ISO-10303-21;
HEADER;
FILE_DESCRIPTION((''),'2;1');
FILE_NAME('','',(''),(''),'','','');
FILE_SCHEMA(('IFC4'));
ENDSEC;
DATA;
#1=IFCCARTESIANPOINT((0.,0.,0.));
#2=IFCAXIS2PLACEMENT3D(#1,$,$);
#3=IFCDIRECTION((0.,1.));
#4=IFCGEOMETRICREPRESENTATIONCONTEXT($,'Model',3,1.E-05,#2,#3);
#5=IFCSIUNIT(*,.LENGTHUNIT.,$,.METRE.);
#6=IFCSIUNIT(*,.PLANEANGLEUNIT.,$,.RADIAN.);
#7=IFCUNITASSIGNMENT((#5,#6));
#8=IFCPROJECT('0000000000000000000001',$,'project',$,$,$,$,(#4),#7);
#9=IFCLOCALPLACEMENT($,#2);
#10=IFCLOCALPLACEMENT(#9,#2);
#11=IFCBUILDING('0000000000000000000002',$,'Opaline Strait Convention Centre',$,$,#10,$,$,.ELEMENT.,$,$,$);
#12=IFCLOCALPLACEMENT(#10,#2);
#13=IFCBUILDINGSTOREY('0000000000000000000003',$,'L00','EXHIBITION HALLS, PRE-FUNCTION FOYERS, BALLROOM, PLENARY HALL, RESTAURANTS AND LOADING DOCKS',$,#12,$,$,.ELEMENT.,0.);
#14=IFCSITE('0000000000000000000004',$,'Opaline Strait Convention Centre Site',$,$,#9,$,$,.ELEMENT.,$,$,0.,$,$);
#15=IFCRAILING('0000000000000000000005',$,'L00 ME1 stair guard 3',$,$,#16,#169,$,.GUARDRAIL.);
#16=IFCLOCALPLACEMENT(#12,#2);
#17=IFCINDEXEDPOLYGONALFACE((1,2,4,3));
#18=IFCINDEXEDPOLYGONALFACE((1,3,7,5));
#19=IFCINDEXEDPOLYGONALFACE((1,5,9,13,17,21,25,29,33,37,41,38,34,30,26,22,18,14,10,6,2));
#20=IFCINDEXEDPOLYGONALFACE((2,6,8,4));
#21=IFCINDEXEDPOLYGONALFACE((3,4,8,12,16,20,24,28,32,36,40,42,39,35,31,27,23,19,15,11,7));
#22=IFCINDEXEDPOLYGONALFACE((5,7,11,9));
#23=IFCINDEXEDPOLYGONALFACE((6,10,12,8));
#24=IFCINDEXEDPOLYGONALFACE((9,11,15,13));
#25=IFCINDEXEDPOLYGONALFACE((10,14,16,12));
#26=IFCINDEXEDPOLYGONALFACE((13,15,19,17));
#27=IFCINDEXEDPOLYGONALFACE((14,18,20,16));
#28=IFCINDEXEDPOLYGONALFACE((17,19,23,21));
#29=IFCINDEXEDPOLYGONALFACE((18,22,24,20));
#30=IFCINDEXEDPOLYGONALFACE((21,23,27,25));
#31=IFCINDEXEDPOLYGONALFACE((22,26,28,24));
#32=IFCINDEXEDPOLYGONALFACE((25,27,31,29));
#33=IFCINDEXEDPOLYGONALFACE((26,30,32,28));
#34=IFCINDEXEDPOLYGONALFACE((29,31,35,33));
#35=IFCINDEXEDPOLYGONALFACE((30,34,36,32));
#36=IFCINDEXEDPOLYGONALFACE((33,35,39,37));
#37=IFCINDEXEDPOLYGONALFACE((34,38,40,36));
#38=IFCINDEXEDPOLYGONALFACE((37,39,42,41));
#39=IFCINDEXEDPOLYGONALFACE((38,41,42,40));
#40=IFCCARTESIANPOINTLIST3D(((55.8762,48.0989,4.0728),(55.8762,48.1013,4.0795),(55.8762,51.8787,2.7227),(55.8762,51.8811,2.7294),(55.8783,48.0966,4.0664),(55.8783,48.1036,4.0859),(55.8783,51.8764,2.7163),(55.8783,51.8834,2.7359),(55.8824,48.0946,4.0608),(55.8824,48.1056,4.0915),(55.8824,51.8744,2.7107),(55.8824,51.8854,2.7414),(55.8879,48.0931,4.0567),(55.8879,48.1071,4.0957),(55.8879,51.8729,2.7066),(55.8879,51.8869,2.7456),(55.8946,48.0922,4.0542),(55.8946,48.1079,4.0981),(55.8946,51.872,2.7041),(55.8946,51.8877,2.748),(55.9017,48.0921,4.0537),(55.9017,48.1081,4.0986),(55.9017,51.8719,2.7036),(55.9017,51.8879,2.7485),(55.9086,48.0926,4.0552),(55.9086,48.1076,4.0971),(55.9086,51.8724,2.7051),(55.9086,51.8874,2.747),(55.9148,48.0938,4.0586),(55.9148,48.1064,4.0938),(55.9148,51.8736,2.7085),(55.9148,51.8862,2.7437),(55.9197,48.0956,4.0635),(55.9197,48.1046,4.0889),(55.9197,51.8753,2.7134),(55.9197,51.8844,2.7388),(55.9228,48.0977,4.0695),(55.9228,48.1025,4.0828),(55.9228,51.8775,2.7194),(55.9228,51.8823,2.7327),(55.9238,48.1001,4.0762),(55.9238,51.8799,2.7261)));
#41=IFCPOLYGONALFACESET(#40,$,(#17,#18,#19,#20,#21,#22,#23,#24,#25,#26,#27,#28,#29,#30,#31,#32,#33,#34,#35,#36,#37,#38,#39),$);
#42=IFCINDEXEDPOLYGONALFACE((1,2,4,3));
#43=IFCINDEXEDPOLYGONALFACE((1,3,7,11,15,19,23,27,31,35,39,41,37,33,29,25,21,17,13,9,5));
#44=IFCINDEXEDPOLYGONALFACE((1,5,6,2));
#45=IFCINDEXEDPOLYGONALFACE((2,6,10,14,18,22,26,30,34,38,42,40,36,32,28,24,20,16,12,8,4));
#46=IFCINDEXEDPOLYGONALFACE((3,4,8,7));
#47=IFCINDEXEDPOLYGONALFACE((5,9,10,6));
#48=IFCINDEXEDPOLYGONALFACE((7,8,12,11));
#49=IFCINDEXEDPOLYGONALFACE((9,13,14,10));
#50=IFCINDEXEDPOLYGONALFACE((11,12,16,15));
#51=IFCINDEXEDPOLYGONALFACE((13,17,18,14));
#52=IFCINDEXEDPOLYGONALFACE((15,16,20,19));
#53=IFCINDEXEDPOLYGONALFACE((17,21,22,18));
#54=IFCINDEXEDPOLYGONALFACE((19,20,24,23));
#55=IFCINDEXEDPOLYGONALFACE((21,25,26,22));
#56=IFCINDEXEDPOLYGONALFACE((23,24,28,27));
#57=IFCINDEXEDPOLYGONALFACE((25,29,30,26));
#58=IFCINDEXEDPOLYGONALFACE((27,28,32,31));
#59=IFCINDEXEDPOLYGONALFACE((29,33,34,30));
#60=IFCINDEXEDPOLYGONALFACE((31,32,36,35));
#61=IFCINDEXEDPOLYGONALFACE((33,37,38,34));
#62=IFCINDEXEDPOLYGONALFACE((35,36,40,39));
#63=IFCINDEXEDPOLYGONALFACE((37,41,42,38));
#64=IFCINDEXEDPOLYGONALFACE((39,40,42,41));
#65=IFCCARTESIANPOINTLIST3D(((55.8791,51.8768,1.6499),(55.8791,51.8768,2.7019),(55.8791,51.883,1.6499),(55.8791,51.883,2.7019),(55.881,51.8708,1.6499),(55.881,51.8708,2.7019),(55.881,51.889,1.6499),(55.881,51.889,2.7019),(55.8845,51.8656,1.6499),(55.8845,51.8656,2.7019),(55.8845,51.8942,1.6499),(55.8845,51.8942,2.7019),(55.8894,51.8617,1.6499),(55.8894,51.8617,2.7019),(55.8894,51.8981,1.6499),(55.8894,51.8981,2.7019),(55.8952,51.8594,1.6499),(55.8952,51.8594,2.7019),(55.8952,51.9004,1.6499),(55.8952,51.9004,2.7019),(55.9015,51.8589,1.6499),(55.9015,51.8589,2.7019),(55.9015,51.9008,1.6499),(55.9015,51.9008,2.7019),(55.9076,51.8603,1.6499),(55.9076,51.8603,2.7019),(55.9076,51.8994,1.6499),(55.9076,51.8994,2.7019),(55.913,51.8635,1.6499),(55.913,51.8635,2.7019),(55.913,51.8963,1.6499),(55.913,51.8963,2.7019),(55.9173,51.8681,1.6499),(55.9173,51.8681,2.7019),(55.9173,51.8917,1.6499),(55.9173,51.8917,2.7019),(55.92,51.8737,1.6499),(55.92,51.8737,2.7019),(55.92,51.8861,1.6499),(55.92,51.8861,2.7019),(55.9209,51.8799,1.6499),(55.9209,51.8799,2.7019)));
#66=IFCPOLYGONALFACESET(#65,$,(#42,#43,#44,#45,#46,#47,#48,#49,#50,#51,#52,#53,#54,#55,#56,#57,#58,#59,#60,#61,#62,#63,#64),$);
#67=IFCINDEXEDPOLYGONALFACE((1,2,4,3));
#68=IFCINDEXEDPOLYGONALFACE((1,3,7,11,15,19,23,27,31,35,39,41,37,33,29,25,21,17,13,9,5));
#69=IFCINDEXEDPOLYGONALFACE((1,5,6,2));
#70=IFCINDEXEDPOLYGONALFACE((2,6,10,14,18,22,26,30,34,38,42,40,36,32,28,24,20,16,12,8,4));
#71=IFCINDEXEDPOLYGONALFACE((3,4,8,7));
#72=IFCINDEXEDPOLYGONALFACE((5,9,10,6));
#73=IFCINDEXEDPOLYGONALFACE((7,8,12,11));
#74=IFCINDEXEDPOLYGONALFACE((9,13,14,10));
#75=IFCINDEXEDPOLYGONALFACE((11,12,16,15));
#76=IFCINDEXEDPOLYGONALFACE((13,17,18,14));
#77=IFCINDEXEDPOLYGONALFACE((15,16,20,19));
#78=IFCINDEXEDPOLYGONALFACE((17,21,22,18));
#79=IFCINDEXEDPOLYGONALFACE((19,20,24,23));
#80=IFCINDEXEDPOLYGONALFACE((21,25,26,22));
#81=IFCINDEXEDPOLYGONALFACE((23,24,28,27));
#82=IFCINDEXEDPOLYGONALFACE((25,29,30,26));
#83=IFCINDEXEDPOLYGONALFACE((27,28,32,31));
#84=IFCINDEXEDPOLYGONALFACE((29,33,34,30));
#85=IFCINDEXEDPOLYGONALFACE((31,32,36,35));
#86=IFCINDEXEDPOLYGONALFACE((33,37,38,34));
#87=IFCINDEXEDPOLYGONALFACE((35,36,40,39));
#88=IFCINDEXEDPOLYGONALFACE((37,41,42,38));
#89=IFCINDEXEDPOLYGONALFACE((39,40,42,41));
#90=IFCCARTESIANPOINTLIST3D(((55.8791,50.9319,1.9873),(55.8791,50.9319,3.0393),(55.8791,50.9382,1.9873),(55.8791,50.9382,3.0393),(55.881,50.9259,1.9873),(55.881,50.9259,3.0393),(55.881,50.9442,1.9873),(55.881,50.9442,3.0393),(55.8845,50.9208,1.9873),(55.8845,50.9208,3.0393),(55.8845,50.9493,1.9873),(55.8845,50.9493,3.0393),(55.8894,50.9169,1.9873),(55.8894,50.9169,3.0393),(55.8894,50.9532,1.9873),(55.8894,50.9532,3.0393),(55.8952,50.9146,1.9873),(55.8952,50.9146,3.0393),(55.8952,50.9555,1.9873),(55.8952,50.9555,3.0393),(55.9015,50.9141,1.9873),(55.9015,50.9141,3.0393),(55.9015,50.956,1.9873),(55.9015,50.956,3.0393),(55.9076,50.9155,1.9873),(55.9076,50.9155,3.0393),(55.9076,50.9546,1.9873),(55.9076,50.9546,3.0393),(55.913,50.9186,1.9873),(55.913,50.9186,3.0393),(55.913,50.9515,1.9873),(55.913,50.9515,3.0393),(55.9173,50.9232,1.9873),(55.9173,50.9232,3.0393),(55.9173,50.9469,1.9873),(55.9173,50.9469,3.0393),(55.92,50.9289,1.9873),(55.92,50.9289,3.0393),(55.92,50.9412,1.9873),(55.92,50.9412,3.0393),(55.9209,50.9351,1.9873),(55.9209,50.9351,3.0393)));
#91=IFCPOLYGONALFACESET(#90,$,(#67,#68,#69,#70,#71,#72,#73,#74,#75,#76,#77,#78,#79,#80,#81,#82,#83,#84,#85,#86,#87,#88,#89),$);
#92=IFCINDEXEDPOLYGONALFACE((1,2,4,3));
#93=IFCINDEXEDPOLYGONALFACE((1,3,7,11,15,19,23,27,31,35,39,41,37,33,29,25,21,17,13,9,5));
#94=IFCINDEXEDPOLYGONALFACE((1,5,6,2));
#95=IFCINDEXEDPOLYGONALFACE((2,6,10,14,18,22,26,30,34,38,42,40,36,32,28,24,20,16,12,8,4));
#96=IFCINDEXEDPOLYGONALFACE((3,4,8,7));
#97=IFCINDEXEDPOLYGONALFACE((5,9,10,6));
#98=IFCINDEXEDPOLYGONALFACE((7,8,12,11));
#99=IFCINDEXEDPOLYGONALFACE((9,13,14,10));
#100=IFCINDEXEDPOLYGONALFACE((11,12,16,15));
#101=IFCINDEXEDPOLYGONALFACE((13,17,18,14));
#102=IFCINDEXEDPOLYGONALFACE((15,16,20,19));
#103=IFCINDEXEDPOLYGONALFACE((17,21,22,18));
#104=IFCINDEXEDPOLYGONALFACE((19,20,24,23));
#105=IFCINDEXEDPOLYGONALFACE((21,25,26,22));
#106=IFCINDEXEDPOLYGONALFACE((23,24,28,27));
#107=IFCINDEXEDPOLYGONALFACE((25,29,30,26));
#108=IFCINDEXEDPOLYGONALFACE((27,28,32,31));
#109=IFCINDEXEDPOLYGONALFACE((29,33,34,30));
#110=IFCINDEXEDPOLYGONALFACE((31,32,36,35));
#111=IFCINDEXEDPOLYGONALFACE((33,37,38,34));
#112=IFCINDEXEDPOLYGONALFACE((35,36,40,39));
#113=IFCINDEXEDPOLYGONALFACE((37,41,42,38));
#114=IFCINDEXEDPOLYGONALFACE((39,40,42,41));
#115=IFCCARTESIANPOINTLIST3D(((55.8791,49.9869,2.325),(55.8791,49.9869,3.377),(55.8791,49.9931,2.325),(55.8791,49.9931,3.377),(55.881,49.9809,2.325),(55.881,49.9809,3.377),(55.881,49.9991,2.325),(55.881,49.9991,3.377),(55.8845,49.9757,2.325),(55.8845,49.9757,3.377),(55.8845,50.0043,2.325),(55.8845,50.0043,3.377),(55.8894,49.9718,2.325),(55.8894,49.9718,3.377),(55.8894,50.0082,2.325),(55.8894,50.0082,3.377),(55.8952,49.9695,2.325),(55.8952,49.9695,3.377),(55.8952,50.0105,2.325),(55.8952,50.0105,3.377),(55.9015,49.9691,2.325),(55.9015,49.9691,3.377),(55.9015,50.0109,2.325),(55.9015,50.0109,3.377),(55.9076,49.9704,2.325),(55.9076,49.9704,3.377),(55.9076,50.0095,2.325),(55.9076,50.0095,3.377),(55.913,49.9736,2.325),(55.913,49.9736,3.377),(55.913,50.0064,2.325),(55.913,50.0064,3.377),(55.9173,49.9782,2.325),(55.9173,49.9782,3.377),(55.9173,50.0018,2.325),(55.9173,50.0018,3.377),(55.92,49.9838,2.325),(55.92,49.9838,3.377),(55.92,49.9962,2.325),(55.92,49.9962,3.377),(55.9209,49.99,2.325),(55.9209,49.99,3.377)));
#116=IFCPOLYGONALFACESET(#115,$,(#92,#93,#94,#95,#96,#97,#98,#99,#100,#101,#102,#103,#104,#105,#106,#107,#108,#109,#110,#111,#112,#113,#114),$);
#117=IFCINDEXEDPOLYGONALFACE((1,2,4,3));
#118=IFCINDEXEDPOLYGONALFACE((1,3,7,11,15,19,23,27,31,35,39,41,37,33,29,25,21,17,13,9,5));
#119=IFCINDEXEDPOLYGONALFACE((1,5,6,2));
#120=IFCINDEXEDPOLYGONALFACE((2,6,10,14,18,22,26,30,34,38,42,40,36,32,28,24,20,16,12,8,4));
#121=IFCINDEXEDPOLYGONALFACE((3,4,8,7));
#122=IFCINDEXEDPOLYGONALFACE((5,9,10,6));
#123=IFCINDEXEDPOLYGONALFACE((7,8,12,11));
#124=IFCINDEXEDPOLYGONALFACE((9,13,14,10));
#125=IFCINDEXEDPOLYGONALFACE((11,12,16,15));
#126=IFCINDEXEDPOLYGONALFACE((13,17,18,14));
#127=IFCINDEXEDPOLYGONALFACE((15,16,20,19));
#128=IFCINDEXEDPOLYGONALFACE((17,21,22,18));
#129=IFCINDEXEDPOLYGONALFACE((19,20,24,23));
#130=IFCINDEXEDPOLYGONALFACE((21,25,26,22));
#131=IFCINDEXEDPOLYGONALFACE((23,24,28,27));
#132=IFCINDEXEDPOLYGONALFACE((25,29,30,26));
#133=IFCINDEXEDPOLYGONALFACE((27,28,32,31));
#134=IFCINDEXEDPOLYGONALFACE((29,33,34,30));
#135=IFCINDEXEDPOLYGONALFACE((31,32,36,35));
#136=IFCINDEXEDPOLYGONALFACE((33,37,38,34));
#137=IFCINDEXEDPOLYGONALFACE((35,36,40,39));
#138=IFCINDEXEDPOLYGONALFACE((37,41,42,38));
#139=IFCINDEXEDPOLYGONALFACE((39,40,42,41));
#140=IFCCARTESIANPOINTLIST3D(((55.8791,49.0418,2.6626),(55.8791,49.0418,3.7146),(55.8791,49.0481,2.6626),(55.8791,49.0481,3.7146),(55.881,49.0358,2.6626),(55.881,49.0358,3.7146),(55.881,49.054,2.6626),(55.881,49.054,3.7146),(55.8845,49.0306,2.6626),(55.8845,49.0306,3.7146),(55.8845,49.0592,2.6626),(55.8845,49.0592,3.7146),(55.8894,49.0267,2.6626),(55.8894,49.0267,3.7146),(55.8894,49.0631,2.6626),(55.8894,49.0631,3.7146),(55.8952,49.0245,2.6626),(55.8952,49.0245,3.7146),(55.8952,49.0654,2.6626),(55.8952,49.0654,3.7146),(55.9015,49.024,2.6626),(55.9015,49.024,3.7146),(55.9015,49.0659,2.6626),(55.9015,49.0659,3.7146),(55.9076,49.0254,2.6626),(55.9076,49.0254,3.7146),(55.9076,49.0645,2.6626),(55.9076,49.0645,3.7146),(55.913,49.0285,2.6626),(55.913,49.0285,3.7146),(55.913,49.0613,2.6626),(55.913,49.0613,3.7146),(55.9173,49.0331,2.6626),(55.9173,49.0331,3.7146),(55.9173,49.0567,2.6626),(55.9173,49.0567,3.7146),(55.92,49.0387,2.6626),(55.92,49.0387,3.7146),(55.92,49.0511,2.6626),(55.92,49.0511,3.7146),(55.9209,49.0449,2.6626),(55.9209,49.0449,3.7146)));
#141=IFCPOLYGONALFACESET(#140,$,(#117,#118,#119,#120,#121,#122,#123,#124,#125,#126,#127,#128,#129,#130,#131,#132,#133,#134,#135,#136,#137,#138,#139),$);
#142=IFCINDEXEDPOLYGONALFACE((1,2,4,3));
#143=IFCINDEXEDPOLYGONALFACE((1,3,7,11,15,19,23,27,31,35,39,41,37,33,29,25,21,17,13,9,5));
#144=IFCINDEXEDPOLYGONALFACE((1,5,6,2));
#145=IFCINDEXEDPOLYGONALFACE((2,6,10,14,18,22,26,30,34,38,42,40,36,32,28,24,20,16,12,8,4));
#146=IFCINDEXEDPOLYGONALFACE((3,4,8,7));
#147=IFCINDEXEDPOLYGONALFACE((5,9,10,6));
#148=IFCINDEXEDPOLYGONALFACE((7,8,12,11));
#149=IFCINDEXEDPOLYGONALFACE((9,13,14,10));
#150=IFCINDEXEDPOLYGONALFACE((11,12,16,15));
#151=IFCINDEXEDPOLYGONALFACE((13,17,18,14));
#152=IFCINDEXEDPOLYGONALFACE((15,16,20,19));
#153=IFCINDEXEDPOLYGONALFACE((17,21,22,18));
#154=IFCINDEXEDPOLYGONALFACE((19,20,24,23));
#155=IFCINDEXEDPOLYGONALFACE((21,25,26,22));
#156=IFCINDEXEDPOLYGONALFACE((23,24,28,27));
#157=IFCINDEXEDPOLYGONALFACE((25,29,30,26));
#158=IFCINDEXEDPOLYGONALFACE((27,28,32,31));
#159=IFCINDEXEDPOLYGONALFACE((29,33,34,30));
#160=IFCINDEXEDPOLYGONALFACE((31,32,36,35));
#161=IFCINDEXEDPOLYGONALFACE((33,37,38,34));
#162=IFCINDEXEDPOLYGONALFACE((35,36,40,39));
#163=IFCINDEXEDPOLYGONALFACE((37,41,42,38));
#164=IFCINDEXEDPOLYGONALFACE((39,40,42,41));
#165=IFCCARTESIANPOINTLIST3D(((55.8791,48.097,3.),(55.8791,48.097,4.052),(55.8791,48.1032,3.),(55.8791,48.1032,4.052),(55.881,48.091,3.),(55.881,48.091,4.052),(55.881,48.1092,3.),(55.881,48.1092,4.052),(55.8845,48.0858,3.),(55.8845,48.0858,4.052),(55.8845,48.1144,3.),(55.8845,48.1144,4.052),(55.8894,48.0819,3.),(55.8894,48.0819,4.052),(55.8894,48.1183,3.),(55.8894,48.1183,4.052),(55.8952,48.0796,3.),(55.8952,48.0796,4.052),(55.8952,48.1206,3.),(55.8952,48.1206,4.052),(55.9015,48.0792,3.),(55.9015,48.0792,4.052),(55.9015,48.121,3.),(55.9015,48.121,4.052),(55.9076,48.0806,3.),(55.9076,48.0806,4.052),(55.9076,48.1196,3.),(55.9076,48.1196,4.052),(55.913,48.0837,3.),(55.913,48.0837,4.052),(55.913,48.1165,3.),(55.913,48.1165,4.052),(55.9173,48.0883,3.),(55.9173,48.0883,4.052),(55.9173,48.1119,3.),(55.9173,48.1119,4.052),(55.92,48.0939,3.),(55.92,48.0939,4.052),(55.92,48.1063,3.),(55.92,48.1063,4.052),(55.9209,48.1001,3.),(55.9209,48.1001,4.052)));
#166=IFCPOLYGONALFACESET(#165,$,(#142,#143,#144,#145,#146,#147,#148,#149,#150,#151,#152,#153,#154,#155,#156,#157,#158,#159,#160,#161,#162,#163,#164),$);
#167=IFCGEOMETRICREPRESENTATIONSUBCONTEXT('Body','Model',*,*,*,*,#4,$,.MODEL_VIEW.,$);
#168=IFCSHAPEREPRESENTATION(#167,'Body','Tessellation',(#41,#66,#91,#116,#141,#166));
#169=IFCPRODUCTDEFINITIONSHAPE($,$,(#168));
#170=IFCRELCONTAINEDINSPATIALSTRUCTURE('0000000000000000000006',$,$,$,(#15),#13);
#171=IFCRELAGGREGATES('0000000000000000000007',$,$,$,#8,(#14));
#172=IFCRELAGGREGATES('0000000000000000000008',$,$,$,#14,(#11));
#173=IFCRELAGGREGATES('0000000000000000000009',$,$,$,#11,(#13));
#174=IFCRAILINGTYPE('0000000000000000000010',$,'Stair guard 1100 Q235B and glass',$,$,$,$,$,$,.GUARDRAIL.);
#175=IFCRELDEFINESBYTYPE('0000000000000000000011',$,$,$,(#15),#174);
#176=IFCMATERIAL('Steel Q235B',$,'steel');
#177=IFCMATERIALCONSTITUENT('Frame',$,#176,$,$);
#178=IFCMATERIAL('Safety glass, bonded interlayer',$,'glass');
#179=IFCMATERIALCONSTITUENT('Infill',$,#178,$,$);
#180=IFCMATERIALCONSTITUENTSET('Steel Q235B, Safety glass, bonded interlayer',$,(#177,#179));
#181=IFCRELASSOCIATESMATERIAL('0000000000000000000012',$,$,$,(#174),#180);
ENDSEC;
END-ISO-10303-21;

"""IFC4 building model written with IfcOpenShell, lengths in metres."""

from ifc_helpers import new_model, si_unit, direction, frame, origin, origin_2d, place, context, subcontext, project, spatial, circle, extrude, material, constituent, constituent_set, type_object, element, save


model = new_model("IFC4")

# Units and contexts
model_context = context("Model", 3, precision=1e-05, world=origin(), true_north=direction((0.0, 1.0)))
body_context = subcontext(model_context, "Body", "Model", "MODEL_VIEW")
ifc_project = project(units=[si_unit("LENGTHUNIT", "METRE"), si_unit("PLANEANGLEUNIT", "RADIAN")], contexts=[model_context])

# Site, building, storey
site_placement = place(None, origin())
site = spatial("IfcSite", under=ifc_project, at=site_placement, Name="Opaline Strait Convention Centre Site", CompositionType="ELEMENT", RefElevation=0.0)
building_placement = place(site_placement, origin())
building = spatial("IfcBuilding", under=site, at=building_placement, Name="Opaline Strait Convention Centre", CompositionType="ELEMENT")
storey_placement = place(building_placement, origin())
storey = spatial("IfcBuildingStorey", under=building, at=storey_placement, Name="L00", Description="EXHIBITION HALLS, PRE-FUNCTION FOYERS, BALLROOM, PLENARY HALL, RESTAURANTS AND LOADING DOCKS", CompositionType="ELEMENT", Elevation=0.0)

# Railing
ifc_material_1 = material(Name="Steel Q235B", Category="steel")
ifc_constituent_1 = constituent(ifc_material_1, Name="Frame")
ifc_material_2 = material(Name="Safety glass, bonded interlayer", Category="glass")
ifc_constituent_2 = constituent(ifc_material_2, Name="Infill")
ifc_constituent_set = constituent_set(constituents=[ifc_constituent_1, ifc_constituent_2], Name="Steel Q235B, Safety glass, bonded interlayer")
railing_type_1 = type_object("IfcRailingType", Name="Stair guard 1100 Q235B and glass", PredefinedType="GUARDRAIL", material=ifc_constituent_set)
railing_1_placement = place(storey_placement, frame((55.8999, 51.8799, 1.6499)))
element("IfcRailing", 1, at=railing_1_placement, inside=storey, type_object=railing_type_1, Name="L00 ME1 stair guard 3", PredefinedType="GUARDRAIL", context=body_context, shape_type="SweptSolid", body=[
    extrude(circle(Radius=0.0239, at=origin_2d()), frame((0.0, 0.0, 1.0762), z_axis=(0.0, -0.941728, 0.336375), x_axis=(1.0, 0.0, 0.0)), (0.0, 0.0, 1.0), 4.0137),
    extrude(circle(Radius=0.021, at=origin_2d()), origin(), (0.0, 0.0, 1.0), 1.052),
    extrude(circle(Radius=0.021, at=origin_2d()), frame((0.0, -0.9448, 0.3374)), (0.0, 0.0, 1.0), 1.052),
    extrude(circle(Radius=0.021, at=origin_2d()), frame((0.0, -1.8899, 0.675)), (0.0, 0.0, 1.0), 1.052),
    extrude(circle(Radius=0.021, at=origin_2d()), frame((0.0, -2.835, 1.0127)), (0.0, 0.0, 1.0), 1.052),
    extrude(circle(Radius=0.021, at=origin_2d()), frame((0.0, -3.7798, 1.3501)), (0.0, 0.0, 1.0), 1.052),
])

save(model, "model.ifc")
